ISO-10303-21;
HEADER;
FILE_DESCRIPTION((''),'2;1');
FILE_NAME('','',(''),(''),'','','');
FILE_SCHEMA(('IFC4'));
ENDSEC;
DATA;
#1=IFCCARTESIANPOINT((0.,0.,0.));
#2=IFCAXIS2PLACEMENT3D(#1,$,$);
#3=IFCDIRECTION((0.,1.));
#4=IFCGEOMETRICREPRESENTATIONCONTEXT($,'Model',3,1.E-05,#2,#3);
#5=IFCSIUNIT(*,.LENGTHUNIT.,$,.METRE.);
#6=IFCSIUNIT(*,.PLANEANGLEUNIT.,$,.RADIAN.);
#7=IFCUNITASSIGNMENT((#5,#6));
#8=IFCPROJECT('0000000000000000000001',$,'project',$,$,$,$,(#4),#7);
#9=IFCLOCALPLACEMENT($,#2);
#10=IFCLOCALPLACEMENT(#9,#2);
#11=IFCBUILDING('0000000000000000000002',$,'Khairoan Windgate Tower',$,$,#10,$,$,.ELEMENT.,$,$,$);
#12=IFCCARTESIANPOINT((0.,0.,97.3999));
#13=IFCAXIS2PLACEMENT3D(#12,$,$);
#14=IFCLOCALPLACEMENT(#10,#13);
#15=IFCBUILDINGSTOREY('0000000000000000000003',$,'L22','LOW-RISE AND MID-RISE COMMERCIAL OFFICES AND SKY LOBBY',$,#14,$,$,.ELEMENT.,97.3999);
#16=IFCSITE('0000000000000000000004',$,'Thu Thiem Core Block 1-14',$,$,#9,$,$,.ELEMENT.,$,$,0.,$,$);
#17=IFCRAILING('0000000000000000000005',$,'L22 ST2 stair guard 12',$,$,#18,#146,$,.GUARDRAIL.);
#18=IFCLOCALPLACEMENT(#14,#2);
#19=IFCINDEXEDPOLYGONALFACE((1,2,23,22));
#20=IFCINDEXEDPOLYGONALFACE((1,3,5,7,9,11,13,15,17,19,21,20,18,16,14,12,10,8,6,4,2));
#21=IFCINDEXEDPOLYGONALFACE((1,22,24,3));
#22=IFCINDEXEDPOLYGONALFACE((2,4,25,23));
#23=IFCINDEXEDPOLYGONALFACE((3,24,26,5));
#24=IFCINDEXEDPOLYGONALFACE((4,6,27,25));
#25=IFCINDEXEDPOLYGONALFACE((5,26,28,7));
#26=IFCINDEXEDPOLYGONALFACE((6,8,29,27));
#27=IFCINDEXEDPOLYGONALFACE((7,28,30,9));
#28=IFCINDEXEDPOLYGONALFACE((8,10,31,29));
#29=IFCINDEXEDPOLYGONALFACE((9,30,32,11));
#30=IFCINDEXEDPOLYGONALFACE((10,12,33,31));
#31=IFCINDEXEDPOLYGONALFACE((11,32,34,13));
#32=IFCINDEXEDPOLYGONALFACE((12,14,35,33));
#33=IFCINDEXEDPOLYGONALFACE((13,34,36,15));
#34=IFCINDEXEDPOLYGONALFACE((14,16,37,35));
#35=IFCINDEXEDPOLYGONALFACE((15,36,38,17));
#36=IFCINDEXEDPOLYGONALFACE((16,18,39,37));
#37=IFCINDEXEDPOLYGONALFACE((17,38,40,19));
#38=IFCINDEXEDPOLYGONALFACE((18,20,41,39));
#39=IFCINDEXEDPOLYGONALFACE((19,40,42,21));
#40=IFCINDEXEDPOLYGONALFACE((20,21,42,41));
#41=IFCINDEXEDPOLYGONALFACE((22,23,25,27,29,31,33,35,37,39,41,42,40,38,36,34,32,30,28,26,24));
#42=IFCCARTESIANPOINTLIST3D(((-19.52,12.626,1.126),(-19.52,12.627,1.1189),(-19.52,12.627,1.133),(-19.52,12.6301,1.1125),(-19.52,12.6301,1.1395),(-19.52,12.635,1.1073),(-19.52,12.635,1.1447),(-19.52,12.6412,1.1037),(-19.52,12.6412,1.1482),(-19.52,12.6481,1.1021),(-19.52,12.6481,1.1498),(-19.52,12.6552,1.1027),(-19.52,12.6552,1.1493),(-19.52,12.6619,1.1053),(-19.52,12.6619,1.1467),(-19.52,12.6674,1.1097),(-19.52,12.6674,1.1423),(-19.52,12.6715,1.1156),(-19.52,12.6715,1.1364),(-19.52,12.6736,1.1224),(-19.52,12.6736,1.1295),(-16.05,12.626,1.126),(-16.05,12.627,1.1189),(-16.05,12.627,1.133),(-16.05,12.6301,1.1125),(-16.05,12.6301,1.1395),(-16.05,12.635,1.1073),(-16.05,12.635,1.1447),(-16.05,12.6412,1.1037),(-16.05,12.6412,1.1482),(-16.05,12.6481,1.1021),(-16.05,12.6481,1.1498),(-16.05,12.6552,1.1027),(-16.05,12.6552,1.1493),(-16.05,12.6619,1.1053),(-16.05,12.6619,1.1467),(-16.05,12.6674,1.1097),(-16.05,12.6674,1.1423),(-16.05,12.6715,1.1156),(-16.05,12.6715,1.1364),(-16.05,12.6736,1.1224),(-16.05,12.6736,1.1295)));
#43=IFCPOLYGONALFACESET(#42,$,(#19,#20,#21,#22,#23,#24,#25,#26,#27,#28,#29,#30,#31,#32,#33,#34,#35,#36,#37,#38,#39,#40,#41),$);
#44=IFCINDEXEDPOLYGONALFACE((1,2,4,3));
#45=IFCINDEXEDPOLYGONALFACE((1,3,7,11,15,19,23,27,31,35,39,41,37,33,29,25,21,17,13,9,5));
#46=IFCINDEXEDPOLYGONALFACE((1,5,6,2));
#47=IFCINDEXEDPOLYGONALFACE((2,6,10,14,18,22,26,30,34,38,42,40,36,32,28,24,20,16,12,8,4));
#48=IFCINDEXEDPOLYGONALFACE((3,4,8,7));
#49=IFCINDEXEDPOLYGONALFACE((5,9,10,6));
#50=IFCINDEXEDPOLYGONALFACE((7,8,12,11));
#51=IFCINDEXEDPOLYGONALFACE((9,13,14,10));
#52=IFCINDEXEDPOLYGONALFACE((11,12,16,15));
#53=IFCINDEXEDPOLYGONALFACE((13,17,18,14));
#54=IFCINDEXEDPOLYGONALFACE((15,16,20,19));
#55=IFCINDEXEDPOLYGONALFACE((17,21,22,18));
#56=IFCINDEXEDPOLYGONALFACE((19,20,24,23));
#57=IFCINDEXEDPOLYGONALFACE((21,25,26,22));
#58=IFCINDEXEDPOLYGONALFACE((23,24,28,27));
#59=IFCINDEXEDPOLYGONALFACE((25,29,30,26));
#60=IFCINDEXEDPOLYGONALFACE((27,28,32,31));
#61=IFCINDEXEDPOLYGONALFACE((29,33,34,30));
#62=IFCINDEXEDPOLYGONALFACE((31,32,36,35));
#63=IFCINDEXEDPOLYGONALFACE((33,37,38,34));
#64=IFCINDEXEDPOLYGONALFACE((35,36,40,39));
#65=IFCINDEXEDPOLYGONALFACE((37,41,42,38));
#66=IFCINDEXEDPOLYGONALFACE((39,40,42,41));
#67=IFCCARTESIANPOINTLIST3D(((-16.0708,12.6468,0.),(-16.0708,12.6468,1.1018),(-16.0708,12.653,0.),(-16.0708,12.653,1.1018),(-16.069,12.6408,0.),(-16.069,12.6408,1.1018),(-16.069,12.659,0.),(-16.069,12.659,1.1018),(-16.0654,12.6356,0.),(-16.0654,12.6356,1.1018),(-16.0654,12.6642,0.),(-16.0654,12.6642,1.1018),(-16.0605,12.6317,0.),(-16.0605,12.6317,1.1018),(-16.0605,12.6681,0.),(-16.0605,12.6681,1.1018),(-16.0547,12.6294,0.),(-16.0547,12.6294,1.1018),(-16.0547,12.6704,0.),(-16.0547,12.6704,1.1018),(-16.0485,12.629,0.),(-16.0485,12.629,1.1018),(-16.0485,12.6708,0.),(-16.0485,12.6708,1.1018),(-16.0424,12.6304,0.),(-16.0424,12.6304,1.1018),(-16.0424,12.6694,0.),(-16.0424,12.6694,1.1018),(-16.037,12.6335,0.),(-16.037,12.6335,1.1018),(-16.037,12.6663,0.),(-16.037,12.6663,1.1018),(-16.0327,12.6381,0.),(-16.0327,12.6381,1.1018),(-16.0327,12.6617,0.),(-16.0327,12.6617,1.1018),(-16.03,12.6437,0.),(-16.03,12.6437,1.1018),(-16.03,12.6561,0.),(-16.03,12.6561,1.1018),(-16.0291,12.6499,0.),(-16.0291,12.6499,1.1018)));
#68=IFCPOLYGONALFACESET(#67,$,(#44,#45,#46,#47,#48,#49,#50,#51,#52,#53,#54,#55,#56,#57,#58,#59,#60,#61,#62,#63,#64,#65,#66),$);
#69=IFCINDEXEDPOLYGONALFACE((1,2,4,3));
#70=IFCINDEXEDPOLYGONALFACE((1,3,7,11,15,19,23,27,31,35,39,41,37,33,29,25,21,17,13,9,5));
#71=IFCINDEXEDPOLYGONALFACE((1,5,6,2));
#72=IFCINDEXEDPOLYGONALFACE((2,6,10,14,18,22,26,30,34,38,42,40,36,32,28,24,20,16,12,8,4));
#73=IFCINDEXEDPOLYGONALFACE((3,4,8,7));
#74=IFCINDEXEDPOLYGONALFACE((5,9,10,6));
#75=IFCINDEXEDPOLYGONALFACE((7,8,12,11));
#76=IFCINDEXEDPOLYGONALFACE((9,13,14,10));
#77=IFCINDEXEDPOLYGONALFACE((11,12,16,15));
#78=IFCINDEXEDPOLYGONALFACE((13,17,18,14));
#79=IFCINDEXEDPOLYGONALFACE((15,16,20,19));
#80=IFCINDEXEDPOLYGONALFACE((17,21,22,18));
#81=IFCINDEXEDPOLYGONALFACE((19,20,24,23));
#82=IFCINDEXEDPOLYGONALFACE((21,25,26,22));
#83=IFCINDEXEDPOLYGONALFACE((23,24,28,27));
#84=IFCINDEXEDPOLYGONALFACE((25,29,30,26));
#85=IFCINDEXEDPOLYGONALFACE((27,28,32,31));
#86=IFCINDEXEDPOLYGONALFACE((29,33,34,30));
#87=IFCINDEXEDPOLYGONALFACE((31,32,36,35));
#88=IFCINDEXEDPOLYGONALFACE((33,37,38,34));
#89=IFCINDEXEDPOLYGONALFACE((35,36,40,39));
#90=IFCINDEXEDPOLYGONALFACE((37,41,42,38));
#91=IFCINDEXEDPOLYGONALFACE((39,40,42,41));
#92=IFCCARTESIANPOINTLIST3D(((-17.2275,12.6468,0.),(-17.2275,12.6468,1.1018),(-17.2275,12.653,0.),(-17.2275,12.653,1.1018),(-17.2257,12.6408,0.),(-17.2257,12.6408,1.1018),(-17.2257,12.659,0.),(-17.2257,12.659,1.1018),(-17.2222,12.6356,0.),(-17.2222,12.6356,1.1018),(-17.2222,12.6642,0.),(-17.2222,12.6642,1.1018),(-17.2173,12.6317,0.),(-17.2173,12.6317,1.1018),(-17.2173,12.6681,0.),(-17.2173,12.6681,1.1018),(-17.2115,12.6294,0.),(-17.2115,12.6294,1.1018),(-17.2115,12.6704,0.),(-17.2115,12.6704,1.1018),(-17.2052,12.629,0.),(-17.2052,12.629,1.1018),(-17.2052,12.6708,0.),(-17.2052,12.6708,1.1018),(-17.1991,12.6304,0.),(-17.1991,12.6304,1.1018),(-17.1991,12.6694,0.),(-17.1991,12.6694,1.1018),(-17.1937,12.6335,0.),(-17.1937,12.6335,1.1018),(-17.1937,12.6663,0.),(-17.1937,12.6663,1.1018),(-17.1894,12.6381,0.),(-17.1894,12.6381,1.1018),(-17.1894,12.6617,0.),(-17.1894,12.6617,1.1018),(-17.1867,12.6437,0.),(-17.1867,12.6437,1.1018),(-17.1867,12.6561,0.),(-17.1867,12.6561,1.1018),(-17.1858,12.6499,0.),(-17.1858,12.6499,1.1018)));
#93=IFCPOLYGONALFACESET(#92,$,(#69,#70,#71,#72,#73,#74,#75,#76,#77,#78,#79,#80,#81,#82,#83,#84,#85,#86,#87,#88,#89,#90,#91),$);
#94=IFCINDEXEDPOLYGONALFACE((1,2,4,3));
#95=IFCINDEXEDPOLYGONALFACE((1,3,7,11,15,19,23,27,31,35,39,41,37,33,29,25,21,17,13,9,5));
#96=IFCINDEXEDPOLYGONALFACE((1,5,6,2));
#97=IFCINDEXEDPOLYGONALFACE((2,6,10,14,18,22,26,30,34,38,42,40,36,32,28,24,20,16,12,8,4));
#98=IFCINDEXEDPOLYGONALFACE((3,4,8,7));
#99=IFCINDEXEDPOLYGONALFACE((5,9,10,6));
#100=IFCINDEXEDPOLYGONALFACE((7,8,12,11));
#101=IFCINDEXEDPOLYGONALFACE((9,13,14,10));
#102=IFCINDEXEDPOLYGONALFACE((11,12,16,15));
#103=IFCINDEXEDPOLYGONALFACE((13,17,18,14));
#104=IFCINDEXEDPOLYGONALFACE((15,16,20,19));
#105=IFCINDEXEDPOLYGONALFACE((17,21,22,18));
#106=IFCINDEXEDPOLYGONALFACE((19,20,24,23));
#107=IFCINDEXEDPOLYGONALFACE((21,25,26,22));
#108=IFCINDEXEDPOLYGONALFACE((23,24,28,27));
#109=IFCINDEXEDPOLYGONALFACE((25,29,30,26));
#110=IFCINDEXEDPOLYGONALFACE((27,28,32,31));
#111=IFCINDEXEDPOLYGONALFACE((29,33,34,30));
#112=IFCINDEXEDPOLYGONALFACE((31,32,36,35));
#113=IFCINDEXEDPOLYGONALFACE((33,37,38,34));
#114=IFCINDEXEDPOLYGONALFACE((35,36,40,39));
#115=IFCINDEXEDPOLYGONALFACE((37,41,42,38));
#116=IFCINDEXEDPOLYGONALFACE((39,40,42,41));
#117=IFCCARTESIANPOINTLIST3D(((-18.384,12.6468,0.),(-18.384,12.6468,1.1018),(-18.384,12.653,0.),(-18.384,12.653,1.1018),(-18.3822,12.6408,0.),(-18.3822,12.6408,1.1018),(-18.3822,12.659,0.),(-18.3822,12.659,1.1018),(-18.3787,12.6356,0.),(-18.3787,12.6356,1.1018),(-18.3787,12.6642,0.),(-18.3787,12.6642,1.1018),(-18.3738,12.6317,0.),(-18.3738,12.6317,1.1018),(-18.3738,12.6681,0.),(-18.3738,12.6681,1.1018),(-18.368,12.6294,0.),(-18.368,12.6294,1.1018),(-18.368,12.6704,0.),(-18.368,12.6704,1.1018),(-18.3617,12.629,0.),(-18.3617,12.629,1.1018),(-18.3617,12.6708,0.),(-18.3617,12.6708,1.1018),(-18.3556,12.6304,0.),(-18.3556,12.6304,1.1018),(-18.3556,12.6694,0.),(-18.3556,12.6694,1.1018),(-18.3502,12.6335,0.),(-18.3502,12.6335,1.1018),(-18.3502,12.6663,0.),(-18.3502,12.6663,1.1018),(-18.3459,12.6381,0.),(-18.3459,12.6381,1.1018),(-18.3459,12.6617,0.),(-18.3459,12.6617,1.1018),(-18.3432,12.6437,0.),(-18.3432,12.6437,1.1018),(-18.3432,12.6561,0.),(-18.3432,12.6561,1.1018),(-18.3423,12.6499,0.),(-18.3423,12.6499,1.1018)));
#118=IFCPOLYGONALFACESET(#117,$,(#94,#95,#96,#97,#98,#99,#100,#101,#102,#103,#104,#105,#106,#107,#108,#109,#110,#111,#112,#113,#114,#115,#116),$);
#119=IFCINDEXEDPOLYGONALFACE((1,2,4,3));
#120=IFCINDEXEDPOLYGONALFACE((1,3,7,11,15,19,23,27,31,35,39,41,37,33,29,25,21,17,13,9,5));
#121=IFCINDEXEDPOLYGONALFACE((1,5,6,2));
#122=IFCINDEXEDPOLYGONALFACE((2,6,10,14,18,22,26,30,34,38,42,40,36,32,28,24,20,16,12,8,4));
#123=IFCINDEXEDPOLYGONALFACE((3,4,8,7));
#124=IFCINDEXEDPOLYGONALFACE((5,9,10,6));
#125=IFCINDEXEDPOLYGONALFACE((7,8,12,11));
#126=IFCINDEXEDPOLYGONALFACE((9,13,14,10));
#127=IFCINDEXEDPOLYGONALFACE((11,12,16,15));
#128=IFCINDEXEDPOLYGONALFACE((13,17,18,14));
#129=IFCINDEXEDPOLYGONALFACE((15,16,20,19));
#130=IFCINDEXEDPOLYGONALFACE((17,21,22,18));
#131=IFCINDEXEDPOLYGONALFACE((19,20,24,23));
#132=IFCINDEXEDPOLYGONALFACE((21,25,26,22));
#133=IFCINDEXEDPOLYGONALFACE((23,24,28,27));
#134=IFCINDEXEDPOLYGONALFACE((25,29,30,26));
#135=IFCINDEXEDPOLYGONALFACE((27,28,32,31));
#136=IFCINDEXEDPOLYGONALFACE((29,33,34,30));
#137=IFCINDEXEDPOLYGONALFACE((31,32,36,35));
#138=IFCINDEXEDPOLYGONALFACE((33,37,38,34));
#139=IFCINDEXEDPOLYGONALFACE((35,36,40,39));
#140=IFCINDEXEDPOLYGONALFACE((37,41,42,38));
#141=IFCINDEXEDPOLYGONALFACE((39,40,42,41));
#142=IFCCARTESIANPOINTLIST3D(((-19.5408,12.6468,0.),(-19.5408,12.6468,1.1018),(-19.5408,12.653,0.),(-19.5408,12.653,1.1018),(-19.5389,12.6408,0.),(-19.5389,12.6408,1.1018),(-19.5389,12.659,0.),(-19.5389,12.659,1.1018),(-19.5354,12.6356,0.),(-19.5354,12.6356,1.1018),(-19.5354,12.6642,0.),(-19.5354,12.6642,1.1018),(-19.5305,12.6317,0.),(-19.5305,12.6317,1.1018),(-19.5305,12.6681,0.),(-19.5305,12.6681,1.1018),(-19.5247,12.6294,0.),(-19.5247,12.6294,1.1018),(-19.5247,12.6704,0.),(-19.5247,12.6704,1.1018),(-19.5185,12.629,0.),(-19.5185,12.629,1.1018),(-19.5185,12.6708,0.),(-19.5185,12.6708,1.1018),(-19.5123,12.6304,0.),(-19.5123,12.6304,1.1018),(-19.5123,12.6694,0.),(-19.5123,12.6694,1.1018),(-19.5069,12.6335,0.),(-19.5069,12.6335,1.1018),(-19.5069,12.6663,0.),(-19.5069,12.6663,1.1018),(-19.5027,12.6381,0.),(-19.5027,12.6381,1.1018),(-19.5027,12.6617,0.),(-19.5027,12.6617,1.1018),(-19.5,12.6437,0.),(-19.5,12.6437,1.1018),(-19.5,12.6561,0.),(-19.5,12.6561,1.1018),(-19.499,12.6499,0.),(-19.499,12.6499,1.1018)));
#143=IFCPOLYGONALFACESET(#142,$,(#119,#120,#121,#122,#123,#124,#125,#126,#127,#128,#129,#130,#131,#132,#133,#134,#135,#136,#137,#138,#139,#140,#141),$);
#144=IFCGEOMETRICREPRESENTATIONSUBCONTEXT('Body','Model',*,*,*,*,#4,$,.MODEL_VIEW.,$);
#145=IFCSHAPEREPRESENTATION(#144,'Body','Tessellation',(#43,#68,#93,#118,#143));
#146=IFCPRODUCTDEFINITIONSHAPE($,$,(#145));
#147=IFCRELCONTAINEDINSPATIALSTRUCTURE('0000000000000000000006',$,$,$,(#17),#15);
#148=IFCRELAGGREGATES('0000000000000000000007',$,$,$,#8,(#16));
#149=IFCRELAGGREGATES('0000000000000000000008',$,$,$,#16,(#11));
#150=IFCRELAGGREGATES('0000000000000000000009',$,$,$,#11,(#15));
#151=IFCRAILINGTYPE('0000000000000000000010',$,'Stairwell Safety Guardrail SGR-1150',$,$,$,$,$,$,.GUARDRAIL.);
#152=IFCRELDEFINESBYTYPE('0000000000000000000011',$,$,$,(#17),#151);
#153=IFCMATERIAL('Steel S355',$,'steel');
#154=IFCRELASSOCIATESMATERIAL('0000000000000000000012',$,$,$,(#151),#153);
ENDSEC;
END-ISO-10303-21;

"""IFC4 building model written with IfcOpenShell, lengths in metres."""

from ifc_helpers import new_model, si_unit, direction, frame, origin, origin_2d, place, context, subcontext, project, spatial, circle, extrude, material, type_object, element, save


model = new_model("IFC4")

# Units and contexts
model_context = context("Model", 3, precision=1e-05, world=origin(), true_north=direction((0.0, 1.0)))
body_context = subcontext(model_context, "Body", "Model", "MODEL_VIEW")
ifc_project = project(units=[si_unit("LENGTHUNIT", "METRE"), si_unit("PLANEANGLEUNIT", "RADIAN")], contexts=[model_context])

# Site, building, storey
site_placement = place(None, origin())
site = spatial("IfcSite", under=ifc_project, at=site_placement, Name="Thu Thiem Core Block 1-14", CompositionType="ELEMENT", RefElevation=0.0)
building_placement = place(site_placement, origin())
building = spatial("IfcBuilding", under=site, at=building_placement, Name="Khairoan Windgate Tower", CompositionType="ELEMENT")
storey_placement = place(building_placement, frame((0.0, 0.0, 97.3999)))
storey = spatial("IfcBuildingStorey", under=building, at=storey_placement, Name="L22", Description="LOW-RISE AND MID-RISE COMMERCIAL OFFICES AND SKY LOBBY", CompositionType="ELEMENT", Elevation=97.3999)

# Railing
ifc_material_1 = material(Name="Steel S355", Category="steel")
railing_type = type_object("IfcRailingType", Name="Stairwell Safety Guardrail SGR-1150", PredefinedType="GUARDRAIL", material=ifc_material_1)
railing_1_placement = place(storey_placement, frame((-16.05, 12.6499, 0.0)))
element("IfcRailing", 1, at=railing_1_placement, inside=storey, type_object=railing_type, Name="L22 ST2 stair guard 12", PredefinedType="GUARDRAIL", context=body_context, shape_type="SweptSolid", body=[
    extrude(circle(Radius=0.0239, at=origin_2d()), frame((0.0, 0.0, 1.126), z_axis=(-1.0, 0.0, 0.0), x_axis=(0.0, -1.0, 0.0)), (0.0, 0.0, 1.0), 3.47),
    extrude(circle(Radius=0.021, at=origin_2d()), origin(), (0.0, 0.0, 1.0), 1.1018),
    extrude(circle(Radius=0.021, at=origin_2d()), frame((-1.1567, 0.0, 0.0)), (0.0, 0.0, 1.0), 1.1018),
    extrude(circle(Radius=0.021, at=origin_2d()), frame((-2.3132, 0.0, 0.0)), (0.0, 0.0, 1.0), 1.1018),
    extrude(circle(Radius=0.021, at=origin_2d()), frame((-3.47, 0.0, 0.0)), (0.0, 0.0, 1.0), 1.1018),
])

save(model, "model.ifc")
